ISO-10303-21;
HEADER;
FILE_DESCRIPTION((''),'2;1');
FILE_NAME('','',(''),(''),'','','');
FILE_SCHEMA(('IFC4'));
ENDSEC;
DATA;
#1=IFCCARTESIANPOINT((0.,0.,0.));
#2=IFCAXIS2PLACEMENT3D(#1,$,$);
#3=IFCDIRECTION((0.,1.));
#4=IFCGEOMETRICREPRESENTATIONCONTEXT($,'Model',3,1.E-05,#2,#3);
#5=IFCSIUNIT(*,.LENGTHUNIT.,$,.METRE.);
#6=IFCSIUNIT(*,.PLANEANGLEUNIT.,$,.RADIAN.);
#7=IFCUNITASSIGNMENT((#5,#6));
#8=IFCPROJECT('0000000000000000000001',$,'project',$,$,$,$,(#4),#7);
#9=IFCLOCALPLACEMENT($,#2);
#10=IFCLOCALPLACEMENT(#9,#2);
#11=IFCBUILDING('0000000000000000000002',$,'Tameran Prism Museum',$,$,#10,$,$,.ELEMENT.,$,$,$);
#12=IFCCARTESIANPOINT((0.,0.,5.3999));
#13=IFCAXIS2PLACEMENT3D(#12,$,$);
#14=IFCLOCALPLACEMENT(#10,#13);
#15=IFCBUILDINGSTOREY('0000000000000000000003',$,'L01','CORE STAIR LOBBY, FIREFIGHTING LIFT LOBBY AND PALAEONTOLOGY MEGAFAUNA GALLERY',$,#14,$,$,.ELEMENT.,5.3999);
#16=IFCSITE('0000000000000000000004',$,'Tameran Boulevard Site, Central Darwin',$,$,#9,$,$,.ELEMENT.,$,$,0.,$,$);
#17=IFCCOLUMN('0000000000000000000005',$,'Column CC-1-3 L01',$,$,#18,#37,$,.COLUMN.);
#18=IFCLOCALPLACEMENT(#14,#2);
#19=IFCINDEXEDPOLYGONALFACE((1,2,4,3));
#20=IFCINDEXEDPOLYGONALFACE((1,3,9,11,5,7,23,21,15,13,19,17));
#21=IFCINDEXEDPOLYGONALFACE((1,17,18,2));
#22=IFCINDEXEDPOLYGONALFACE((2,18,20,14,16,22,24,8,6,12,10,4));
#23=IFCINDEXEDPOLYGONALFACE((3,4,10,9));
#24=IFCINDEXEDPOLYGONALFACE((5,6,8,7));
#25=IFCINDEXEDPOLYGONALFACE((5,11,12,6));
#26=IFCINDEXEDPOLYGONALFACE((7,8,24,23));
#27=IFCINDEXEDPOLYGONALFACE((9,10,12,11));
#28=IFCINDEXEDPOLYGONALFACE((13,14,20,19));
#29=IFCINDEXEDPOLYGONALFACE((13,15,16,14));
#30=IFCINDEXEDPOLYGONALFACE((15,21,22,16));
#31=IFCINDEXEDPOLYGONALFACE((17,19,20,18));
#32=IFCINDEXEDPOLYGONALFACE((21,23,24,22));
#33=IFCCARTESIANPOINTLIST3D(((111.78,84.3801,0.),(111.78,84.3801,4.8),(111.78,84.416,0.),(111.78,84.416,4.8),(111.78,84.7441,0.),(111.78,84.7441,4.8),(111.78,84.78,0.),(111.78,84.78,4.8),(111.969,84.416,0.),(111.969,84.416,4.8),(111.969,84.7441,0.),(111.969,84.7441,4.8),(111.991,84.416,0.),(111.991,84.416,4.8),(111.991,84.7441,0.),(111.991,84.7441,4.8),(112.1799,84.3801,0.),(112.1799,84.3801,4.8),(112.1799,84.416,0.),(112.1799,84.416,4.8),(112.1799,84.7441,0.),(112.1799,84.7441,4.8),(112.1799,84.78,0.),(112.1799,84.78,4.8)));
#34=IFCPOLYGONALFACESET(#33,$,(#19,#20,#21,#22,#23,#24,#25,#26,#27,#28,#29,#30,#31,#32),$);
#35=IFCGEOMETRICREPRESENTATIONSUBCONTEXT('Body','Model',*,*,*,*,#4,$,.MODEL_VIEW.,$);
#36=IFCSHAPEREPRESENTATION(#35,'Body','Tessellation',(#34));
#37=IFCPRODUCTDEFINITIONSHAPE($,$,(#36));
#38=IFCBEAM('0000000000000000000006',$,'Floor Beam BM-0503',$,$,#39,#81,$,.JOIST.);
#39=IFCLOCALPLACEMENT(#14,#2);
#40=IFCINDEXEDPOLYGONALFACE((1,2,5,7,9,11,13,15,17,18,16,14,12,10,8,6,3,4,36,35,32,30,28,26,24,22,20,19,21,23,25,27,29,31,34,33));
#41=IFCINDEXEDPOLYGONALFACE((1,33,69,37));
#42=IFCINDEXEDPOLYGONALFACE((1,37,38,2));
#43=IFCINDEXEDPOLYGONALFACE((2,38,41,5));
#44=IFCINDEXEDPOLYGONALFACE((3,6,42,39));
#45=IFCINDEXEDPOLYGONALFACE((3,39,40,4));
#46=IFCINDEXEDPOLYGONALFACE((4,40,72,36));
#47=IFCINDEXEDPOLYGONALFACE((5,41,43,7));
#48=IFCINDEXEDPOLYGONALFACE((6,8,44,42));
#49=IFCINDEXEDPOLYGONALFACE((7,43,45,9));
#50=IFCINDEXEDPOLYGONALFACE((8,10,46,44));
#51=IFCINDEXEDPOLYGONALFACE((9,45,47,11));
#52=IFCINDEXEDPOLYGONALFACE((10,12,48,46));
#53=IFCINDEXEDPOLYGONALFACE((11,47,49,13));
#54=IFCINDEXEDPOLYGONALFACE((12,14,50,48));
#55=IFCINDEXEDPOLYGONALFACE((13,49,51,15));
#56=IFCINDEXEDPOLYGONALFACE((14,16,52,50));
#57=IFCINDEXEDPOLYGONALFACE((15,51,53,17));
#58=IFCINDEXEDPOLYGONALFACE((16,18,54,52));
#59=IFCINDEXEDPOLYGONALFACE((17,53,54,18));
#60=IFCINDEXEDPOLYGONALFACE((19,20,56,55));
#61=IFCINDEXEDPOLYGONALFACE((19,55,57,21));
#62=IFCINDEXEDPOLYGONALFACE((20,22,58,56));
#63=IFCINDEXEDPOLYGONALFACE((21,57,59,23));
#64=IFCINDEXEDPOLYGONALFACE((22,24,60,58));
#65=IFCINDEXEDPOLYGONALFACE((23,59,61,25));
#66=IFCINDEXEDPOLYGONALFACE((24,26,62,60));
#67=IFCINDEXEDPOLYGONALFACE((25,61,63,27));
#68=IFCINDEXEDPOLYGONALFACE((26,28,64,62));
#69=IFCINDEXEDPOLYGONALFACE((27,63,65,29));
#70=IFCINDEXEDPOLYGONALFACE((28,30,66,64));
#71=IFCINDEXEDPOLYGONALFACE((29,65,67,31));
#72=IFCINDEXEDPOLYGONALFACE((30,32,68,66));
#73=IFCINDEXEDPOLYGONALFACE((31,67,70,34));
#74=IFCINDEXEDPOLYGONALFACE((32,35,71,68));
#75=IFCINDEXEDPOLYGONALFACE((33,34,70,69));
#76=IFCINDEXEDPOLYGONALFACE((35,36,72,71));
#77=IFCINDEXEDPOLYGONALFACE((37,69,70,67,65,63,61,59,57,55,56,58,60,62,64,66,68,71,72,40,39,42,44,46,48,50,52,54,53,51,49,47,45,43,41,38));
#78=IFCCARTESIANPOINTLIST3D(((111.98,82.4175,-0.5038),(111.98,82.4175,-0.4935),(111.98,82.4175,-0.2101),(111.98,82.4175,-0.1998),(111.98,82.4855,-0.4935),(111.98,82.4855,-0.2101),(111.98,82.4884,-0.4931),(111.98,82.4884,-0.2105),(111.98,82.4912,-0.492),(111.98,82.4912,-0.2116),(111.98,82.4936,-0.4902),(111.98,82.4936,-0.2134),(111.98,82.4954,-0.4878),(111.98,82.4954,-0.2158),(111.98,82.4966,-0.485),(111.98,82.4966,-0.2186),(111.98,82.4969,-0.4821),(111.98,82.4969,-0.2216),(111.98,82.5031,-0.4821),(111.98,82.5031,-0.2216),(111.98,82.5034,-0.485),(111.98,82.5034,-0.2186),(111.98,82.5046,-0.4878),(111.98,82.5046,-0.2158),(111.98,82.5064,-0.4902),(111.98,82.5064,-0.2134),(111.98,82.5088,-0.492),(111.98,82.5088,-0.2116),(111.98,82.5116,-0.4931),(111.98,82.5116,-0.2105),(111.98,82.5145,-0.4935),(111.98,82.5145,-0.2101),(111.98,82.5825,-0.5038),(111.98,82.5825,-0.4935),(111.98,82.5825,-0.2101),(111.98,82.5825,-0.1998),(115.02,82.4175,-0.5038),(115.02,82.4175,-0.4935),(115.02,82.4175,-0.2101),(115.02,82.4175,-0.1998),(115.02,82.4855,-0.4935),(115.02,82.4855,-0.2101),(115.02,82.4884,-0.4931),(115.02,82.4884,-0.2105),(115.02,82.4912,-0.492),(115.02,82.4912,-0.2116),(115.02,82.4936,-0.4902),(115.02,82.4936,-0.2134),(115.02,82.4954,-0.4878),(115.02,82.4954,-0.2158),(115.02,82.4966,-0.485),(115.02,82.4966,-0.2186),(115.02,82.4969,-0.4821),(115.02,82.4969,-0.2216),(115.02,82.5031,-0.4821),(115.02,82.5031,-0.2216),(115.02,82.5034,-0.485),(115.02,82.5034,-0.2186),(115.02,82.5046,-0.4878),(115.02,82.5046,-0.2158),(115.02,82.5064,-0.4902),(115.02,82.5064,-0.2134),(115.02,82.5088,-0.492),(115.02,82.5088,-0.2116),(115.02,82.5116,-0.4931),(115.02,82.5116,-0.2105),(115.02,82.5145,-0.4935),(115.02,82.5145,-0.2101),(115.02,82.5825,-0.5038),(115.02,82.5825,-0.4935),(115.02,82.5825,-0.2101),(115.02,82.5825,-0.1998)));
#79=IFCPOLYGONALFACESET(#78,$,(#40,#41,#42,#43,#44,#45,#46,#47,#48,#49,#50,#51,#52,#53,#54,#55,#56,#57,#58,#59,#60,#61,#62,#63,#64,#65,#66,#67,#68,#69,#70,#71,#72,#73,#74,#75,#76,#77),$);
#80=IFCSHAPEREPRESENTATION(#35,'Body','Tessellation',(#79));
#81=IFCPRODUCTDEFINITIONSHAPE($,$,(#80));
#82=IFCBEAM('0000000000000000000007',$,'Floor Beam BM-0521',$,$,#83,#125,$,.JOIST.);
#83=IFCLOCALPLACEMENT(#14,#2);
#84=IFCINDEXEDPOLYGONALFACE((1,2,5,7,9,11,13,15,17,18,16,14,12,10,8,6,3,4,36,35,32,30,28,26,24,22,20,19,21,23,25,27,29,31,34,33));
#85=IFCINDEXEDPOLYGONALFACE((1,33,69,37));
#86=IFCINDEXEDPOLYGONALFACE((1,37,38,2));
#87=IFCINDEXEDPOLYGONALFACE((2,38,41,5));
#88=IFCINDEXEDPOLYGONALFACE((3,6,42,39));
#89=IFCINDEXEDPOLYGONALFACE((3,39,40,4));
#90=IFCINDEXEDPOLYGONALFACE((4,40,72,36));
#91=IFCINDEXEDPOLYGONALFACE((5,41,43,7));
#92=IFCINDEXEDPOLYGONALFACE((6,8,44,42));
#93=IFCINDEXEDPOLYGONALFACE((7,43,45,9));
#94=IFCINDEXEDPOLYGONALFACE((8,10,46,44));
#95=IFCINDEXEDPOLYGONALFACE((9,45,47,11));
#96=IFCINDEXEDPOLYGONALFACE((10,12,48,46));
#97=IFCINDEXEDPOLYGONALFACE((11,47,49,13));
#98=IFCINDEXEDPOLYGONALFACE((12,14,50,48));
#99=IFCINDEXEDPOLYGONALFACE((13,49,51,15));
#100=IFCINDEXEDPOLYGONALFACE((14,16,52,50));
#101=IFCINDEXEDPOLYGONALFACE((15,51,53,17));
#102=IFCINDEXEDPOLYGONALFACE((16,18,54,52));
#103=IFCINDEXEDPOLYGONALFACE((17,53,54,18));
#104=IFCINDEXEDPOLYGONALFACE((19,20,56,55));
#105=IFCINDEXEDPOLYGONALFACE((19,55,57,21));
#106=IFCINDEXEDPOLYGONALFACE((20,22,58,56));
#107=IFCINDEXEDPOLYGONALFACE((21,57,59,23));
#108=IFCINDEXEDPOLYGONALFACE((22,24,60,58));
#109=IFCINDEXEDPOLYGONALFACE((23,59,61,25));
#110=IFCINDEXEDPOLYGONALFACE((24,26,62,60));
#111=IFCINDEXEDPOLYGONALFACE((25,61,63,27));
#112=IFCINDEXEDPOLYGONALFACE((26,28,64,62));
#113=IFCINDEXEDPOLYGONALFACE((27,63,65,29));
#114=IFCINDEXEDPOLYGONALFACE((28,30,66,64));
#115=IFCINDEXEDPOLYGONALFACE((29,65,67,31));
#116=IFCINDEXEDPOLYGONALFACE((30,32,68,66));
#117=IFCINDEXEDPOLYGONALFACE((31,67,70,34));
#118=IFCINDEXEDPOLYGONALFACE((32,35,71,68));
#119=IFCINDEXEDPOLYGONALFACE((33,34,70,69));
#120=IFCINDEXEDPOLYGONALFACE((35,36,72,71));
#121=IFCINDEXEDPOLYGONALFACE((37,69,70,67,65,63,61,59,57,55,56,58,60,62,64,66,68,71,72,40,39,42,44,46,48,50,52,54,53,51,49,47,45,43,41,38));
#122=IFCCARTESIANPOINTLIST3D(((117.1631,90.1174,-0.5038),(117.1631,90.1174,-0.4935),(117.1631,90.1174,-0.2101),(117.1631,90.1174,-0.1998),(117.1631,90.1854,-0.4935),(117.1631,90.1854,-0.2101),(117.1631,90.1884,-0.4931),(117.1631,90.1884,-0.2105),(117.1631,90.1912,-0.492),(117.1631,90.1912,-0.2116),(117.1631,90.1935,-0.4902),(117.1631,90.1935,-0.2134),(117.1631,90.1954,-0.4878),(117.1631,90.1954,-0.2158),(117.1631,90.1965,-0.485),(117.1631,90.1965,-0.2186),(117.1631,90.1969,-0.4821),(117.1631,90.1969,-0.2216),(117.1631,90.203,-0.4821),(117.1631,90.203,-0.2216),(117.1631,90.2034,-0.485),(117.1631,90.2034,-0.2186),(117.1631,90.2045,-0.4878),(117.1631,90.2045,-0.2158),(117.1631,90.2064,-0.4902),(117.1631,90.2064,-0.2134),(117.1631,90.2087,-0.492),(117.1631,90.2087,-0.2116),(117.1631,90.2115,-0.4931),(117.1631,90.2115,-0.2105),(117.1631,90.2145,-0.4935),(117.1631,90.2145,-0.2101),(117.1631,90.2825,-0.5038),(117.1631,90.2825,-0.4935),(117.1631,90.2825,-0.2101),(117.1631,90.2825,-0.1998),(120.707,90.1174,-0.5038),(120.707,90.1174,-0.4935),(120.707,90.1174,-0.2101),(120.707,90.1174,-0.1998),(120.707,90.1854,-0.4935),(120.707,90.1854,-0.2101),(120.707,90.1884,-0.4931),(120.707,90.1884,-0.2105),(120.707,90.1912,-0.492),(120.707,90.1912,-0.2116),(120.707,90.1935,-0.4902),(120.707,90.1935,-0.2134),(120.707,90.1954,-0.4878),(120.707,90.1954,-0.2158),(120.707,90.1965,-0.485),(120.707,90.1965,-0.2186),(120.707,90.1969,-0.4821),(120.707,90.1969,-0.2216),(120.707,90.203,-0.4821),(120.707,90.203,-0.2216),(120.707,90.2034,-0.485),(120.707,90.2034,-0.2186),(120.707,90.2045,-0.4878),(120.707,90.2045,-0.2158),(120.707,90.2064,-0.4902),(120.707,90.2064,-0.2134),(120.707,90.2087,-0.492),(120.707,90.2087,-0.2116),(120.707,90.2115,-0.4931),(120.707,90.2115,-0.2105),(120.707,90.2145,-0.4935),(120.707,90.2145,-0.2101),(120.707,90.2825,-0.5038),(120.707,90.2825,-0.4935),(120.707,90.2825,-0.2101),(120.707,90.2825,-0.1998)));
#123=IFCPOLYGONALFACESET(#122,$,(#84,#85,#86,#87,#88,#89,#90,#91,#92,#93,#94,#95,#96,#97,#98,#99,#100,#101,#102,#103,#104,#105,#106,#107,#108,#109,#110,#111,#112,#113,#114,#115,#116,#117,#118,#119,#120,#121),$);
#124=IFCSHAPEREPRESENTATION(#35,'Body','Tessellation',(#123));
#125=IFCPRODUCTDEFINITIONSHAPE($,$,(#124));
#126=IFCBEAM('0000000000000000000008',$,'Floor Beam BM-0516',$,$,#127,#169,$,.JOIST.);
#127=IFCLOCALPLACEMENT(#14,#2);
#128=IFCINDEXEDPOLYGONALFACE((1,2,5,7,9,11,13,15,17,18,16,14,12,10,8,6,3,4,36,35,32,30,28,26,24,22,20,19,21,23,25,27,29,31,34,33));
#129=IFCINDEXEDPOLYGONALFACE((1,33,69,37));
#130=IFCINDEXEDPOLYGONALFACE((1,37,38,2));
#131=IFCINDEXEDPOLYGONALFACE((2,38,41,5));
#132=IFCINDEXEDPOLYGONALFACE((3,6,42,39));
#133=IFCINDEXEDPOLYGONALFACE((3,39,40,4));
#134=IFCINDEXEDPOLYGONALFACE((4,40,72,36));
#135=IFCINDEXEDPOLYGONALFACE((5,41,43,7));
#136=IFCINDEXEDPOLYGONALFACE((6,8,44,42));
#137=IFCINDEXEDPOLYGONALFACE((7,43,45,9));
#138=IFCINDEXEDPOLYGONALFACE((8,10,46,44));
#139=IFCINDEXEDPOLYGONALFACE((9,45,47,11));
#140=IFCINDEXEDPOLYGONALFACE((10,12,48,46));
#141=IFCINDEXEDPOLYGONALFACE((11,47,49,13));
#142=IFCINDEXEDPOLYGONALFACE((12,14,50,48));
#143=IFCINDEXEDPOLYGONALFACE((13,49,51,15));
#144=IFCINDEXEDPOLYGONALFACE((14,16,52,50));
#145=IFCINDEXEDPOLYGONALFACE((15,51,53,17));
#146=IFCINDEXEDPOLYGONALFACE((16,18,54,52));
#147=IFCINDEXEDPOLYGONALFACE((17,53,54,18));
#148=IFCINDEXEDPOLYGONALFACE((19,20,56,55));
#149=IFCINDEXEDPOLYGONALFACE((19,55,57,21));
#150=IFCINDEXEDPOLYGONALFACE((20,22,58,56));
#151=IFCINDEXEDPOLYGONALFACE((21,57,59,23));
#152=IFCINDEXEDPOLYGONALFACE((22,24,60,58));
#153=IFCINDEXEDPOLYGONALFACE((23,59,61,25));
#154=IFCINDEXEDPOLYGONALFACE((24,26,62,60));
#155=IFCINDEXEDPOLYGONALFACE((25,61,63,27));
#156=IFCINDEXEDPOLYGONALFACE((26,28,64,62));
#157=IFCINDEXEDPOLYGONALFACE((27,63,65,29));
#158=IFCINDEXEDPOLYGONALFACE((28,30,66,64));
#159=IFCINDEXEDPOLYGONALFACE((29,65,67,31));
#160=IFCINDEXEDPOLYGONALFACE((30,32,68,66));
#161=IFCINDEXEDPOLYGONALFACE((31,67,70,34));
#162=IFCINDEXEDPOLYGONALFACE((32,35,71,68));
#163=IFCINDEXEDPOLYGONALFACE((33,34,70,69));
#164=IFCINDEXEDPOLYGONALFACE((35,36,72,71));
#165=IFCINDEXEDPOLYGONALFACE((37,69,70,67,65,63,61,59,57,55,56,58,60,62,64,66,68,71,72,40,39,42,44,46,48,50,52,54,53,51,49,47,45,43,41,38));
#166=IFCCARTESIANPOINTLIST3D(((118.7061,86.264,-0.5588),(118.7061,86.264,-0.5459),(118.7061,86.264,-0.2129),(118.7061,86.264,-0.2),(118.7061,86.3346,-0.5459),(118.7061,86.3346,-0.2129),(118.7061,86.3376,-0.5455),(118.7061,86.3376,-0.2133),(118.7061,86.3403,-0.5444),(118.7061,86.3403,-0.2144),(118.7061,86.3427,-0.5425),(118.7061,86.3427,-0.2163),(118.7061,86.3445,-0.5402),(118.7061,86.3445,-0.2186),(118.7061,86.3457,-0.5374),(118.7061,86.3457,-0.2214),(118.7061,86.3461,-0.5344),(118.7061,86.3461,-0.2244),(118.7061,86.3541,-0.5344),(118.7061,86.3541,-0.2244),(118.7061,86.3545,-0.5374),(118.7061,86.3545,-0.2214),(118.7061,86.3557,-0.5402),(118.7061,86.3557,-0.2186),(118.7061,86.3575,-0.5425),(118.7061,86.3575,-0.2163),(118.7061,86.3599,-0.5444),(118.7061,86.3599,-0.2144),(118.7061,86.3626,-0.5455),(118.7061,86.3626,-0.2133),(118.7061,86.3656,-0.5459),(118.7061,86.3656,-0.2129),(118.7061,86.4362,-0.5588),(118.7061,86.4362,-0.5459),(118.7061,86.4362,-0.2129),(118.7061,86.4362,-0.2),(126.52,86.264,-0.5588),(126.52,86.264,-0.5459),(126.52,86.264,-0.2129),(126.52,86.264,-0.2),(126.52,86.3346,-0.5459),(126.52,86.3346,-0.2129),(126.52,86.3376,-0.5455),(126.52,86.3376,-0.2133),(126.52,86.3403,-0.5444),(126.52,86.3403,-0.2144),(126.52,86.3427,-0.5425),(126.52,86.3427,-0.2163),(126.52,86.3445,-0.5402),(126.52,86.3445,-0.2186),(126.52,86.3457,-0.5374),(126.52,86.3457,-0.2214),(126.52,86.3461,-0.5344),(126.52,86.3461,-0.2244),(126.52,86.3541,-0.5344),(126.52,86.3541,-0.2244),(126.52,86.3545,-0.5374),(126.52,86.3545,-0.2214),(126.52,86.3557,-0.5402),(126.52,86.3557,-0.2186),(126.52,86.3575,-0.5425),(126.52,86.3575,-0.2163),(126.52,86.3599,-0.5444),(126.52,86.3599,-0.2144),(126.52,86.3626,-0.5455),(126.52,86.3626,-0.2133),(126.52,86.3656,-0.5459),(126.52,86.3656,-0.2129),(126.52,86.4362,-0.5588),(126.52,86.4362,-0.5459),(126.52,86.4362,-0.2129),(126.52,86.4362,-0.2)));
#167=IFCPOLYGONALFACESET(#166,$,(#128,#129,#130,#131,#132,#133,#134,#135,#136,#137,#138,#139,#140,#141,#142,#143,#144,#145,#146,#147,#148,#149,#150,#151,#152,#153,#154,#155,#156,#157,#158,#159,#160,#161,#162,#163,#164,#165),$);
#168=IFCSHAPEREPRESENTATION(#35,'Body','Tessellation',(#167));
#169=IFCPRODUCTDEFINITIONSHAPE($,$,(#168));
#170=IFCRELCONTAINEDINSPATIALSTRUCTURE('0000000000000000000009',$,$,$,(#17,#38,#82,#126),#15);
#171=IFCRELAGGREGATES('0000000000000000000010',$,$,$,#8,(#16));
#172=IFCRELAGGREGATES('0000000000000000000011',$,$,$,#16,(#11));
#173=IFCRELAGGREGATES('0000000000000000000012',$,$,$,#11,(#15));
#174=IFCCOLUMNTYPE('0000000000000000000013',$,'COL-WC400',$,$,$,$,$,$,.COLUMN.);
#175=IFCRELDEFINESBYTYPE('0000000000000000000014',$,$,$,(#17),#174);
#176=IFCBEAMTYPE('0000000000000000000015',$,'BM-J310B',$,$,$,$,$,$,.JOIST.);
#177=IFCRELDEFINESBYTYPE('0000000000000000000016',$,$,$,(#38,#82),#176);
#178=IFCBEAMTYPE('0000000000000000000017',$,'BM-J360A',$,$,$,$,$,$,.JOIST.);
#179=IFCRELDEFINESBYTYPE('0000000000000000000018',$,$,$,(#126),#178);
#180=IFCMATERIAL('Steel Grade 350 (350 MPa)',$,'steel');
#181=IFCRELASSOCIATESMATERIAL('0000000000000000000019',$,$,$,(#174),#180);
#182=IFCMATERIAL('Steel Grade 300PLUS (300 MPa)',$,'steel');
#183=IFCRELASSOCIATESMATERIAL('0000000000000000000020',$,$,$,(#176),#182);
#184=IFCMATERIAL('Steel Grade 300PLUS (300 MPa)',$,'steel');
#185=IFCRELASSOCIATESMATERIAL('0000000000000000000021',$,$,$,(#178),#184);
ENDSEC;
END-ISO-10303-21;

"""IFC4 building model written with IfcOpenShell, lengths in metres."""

from ifc_helpers import new_model, si_unit, direction, frame, origin, origin_2d, place, context, subcontext, project, spatial, i_section, extrude, material, material_profile, profile_set, type_object, element, save


model = new_model("IFC4")

# Units and contexts
model_context = context("Model", 3, precision=1e-05, world=origin(), true_north=direction((0.0, 1.0)))
body_context = subcontext(model_context, "Body", "Model", "MODEL_VIEW")
ifc_project = project(units=[si_unit("LENGTHUNIT", "METRE"), si_unit("PLANEANGLEUNIT", "RADIAN")], contexts=[model_context])

# Site, building, storey
site_placement = place(None, origin())
site = spatial("IfcSite", under=ifc_project, at=site_placement, Name="Tameran Boulevard Site, Central Darwin", CompositionType="ELEMENT", RefElevation=0.0)
building_placement = place(site_placement, origin())
building = spatial("IfcBuilding", under=site, at=building_placement, Name="Tameran Prism Museum", CompositionType="ELEMENT")
storey_placement = place(building_placement, frame((0.0, 0.0, 5.3999)))
storey = spatial("IfcBuildingStorey", under=building, at=storey_placement, Name="L01", Description="CORE STAIR LOBBY, FIREFIGHTING LIFT LOBBY AND PALAEONTOLOGY MEGAFAUNA GALLERY", CompositionType="ELEMENT", Elevation=5.3999)

# Column
ifc_material_1 = material(Name="Steel Grade 350 (350 MPa)", Category="steel")
ifc_material_profile_1 = material_profile(ifc_material_1, i_section(OverallWidth=0.3999, OverallDepth=0.3999, WebThickness=0.022, FlangeThickness=0.0359, at=origin_2d()))
ifc_profile_set_1 = profile_set([ifc_material_profile_1])
column_type = type_object("IfcColumnType", Name="COL-WC400", PredefinedType="COLUMN", material=ifc_profile_set_1)
column_placement = place(storey_placement, frame((111.98, 84.5801, 0.0), z_axis=(0.0, 0.0, 1.0), x_axis=(1.0, 0.0, 0.0)))
element("IfcColumn", 1, at=column_placement, inside=storey, type_object=column_type, Name="Column CC-1-3 L01", PredefinedType="COLUMN", context=body_context, shape_type="SweptSolid", body=[
    extrude(i_section(OverallWidth=0.3999, OverallDepth=0.3999, WebThickness=0.022, FlangeThickness=0.0359, at=origin_2d()), origin(), (0.0, 0.0, 1.0), 4.8),
])

# Beams
ifc_material_2 = material(Name="Steel Grade 300PLUS (300 MPa)", Category="steel")
ifc_material_profile_2 = material_profile(ifc_material_2, i_section(OverallWidth=0.165, OverallDepth=0.304, WebThickness=0.0061, FlangeThickness=0.0103, FilletRadius=0.0115, at=origin_2d()))
ifc_profile_set_2 = profile_set([ifc_material_profile_2])
beam_type_1 = type_object("IfcBeamType", Name="BM-J310B", PredefinedType="JOIST", material=ifc_profile_set_2)
beam_1_placement = place(storey_placement, frame((111.98, 82.5, -0.3518), z_axis=(1.0, 0.0, 0.0), x_axis=(0.0, 1.0, 0.0)))
element("IfcBeam", 2, at=beam_1_placement, inside=storey, type_object=beam_type_1, Name="Floor Beam BM-0503", PredefinedType="JOIST", context=body_context, shape_type="SweptSolid", body=[
    extrude(i_section(OverallWidth=0.165, OverallDepth=0.304, WebThickness=0.0061, FlangeThickness=0.0103, FilletRadius=0.0115, at=origin_2d()), origin(), (0.0, 0.0, 1.0), 3.04),
])
beam_2_placement = place(storey_placement, frame((117.1631, 90.2, -0.3518), z_axis=(1.0, 0.0, 0.0), x_axis=(0.0, 1.0, 0.0)))
element("IfcBeam", 3, at=beam_2_placement, inside=storey, type_object=beam_type_1, Name="Floor Beam BM-0521", PredefinedType="JOIST", context=body_context, shape_type="SweptSolid", body=[
    extrude(i_section(OverallWidth=0.165, OverallDepth=0.304, WebThickness=0.0061, FlangeThickness=0.0103, FilletRadius=0.0115, at=origin_2d()), origin(), (0.0, 0.0, 1.0), 3.5439),
])
ifc_material_3 = material(Name="Steel Grade 300PLUS (300 MPa)", Category="steel")
ifc_material_profile_3 = material_profile(ifc_material_3, i_section(OverallWidth=0.1721, OverallDepth=0.3589, WebThickness=0.0081, FlangeThickness=0.0129, FilletRadius=0.0115, at=origin_2d()))
ifc_profile_set_3 = profile_set([ifc_material_profile_3])
beam_type_2 = type_object("IfcBeamType", Name="BM-J360A", PredefinedType="JOIST", material=ifc_profile_set_3)
beam_3_placement = place(storey_placement, frame((118.7061, 86.3501, -0.3794), z_axis=(1.0, 0.0, 0.0), x_axis=(0.0, 1.0, 0.0)))
element("IfcBeam", 4, at=beam_3_placement, inside=storey, type_object=beam_type_2, Name="Floor Beam BM-0516", PredefinedType="JOIST", context=body_context, shape_type="SweptSolid", body=[
    extrude(i_section(OverallWidth=0.1721, OverallDepth=0.3589, WebThickness=0.0081, FlangeThickness=0.0129, FilletRadius=0.0115, at=origin_2d()), origin(), (0.0, 0.0, 1.0), 7.814),
])

save(model, "model.ifc")
